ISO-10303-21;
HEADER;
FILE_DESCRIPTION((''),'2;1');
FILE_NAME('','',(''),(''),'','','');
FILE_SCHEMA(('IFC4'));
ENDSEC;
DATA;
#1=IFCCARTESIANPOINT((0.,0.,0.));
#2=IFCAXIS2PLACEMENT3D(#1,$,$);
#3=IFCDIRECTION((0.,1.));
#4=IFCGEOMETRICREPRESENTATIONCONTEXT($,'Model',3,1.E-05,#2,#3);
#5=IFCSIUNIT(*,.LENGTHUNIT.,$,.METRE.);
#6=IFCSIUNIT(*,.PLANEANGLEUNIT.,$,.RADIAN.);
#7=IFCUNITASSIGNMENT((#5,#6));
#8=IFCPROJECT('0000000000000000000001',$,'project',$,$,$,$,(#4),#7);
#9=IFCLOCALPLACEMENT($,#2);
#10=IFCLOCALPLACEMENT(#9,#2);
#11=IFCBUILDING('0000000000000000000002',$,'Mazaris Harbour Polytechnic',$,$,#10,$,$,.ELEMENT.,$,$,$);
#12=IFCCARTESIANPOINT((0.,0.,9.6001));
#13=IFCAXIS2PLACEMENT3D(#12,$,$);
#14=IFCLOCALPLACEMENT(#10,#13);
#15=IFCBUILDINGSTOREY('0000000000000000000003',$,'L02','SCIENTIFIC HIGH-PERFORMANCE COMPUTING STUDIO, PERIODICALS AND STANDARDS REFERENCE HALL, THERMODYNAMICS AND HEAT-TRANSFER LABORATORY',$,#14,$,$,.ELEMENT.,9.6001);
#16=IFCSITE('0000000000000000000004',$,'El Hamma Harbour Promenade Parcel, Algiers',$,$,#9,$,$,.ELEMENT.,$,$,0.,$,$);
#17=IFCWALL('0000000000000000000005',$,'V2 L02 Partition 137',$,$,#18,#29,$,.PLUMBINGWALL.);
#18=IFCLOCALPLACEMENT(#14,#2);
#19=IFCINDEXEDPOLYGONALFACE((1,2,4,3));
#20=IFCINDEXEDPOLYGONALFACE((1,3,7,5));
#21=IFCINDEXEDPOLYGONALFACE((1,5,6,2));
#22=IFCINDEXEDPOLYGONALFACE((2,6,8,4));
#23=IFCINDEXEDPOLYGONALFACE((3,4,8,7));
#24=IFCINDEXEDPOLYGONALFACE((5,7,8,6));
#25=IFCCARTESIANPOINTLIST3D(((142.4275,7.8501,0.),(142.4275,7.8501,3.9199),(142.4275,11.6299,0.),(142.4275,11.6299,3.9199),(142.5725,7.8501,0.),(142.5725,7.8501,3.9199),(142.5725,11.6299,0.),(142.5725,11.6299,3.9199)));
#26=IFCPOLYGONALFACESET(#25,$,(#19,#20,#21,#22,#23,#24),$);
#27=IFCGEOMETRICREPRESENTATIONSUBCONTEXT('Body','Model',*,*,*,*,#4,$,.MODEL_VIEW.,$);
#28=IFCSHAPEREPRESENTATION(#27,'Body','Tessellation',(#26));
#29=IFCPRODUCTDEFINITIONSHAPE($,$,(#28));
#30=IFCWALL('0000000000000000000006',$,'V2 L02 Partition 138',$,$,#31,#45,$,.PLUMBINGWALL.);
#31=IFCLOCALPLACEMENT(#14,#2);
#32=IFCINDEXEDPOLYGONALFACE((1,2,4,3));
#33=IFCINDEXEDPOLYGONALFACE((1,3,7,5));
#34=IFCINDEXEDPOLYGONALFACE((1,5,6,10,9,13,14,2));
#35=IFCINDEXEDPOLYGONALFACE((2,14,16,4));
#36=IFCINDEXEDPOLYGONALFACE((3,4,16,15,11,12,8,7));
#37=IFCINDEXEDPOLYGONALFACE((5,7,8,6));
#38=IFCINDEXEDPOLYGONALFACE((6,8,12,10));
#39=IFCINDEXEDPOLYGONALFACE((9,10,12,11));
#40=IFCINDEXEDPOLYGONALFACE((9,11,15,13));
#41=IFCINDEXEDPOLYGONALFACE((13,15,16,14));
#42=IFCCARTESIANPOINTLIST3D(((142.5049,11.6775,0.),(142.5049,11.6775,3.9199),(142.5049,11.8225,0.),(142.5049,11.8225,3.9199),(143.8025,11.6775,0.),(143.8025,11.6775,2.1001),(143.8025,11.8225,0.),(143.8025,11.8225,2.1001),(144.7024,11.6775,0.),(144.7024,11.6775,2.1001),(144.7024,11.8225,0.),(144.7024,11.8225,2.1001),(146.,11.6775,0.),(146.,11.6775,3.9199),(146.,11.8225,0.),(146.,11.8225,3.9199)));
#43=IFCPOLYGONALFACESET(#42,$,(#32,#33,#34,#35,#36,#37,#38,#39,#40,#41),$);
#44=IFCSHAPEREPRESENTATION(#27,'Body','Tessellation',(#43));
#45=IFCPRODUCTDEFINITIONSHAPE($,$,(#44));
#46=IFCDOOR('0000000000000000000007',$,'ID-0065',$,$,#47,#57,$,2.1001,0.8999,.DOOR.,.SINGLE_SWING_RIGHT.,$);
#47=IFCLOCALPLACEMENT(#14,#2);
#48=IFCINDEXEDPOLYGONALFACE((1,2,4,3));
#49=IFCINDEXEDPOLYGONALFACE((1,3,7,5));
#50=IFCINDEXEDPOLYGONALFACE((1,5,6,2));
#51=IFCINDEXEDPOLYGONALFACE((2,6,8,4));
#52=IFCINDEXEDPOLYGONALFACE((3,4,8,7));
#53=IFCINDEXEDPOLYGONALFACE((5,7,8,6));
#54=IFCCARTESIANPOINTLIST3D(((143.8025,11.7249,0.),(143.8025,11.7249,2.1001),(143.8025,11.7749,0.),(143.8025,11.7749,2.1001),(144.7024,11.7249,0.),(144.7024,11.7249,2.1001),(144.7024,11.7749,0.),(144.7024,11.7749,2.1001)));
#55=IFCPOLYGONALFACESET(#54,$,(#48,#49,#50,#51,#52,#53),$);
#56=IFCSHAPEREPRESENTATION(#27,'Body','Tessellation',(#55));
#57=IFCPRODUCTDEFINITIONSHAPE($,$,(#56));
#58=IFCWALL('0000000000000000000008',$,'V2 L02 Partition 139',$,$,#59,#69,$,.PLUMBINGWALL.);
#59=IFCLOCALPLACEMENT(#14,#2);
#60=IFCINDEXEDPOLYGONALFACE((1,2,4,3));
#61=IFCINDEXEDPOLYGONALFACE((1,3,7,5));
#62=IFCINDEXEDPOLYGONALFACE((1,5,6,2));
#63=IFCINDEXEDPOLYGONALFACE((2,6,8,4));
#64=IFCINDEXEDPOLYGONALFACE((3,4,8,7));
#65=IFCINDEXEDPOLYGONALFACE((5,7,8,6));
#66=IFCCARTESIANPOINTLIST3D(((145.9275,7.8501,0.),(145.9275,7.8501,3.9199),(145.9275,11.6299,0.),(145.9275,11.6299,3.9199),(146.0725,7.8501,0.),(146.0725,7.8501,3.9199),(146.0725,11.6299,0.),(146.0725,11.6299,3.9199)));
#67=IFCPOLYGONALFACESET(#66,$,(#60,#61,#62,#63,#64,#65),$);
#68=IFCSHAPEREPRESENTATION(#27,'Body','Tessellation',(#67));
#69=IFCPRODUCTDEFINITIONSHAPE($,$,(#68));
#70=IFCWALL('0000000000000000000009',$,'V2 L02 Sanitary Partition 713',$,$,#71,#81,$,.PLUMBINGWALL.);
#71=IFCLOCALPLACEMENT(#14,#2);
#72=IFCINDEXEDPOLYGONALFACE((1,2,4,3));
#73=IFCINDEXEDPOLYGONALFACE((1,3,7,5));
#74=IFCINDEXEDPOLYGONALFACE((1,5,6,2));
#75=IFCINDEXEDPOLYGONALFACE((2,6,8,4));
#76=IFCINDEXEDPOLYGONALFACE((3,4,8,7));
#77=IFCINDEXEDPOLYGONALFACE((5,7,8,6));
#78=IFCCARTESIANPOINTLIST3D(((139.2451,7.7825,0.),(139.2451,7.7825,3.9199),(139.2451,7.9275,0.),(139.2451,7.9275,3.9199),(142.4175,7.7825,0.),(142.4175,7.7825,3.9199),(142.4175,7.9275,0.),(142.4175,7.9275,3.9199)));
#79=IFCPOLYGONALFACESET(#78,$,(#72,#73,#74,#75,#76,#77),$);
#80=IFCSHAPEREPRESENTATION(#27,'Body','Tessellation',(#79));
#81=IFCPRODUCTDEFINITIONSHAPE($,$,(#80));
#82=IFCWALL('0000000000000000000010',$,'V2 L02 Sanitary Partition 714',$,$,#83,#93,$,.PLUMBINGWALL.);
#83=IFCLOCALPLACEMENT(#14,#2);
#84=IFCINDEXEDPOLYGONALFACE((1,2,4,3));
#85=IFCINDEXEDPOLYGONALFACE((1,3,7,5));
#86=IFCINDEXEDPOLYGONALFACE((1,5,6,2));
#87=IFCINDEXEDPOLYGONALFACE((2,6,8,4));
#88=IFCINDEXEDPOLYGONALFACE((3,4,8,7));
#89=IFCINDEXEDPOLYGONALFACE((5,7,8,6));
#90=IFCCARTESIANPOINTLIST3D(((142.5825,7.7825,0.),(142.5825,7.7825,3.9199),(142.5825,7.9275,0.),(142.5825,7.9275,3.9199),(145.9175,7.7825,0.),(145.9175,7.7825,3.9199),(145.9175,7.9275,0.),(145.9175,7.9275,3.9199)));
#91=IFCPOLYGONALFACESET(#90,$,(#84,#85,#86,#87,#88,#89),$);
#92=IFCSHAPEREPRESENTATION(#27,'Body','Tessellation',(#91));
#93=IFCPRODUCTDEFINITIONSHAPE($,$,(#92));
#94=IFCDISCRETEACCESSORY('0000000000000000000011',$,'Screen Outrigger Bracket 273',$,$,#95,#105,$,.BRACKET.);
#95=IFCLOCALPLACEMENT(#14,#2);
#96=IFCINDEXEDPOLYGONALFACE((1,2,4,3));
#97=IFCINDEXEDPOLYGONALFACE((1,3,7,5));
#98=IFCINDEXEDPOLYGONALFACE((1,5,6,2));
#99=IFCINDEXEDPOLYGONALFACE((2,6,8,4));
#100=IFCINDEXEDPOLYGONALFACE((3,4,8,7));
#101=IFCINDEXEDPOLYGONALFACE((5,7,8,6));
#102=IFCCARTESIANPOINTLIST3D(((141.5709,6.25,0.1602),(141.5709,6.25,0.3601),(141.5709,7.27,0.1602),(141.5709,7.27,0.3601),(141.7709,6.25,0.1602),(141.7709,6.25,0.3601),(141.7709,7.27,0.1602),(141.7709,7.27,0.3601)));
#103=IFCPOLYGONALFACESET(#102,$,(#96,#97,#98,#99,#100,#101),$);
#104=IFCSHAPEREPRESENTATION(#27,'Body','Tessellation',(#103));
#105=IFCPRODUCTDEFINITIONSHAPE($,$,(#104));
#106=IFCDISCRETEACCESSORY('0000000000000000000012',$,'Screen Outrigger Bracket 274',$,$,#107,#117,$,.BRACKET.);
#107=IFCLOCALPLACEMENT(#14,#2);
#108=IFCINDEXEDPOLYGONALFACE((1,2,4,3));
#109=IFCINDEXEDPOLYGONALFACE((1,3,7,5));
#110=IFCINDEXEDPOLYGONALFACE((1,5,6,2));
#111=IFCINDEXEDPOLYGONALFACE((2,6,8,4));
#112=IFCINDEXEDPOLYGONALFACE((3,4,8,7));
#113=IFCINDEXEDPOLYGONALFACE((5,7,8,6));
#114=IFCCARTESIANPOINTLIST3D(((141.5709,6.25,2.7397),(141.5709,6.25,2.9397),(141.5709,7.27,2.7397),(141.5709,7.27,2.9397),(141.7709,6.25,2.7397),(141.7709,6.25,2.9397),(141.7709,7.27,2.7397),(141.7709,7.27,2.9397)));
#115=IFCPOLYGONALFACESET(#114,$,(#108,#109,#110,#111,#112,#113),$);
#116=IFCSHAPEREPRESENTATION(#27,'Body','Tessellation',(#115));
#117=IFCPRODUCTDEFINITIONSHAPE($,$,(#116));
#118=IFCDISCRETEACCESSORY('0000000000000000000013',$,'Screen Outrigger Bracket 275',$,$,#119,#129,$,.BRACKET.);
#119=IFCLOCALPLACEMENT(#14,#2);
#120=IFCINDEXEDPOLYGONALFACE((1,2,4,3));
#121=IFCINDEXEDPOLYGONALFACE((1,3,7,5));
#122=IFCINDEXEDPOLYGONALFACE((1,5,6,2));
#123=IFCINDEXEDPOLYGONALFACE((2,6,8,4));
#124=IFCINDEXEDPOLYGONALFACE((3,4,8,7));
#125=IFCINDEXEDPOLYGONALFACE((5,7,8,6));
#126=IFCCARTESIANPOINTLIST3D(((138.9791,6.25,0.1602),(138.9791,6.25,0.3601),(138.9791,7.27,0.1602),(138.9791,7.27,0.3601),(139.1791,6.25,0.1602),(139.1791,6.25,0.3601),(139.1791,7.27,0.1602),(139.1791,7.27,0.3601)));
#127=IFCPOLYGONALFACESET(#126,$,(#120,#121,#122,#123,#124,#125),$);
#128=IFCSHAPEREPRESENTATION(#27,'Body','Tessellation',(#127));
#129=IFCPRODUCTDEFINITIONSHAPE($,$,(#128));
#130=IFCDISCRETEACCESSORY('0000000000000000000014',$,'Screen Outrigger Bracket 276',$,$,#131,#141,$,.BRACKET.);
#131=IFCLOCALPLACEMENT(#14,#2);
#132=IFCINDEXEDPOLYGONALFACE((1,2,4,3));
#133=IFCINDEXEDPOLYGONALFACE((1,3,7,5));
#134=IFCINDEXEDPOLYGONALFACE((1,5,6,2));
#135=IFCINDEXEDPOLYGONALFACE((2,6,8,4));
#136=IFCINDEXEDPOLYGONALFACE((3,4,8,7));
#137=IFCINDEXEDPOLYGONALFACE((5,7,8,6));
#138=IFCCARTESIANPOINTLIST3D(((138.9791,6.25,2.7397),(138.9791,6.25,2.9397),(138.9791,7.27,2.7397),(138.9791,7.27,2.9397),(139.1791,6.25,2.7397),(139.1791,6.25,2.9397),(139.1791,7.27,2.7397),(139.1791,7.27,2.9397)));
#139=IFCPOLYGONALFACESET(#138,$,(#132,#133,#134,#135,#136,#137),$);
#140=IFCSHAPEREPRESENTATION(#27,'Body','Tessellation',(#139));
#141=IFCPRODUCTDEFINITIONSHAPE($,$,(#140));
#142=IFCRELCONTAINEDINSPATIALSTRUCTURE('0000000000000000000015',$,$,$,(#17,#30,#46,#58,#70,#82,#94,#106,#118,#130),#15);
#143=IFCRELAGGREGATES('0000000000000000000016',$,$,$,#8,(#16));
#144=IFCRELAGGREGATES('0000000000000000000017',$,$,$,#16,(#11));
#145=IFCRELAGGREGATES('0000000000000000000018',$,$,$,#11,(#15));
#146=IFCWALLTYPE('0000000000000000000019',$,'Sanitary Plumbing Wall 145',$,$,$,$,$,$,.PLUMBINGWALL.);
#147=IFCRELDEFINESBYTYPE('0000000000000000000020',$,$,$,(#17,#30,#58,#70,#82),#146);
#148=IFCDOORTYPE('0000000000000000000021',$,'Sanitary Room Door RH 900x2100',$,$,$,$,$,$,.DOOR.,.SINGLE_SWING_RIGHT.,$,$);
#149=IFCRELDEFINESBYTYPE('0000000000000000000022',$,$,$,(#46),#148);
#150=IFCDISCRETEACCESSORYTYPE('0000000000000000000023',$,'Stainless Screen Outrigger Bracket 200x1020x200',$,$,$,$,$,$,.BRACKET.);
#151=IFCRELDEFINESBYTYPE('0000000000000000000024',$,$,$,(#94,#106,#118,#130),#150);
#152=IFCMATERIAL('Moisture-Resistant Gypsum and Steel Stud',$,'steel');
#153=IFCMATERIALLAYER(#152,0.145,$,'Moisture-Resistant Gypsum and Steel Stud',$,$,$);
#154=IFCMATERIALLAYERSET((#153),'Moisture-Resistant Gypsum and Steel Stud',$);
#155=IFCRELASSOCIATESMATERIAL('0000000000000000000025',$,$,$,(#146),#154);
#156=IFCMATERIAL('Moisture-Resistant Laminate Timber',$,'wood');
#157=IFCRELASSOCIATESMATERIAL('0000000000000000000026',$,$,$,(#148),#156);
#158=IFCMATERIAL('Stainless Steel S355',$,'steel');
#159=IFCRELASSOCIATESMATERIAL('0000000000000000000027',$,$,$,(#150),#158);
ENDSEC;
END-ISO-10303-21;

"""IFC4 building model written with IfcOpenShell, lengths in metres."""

from ifc_helpers import new_model, si_unit, direction, frame, frame_2d, origin, origin_2d, place, context, subcontext, project, spatial, rectangle, extrude, material, layer, layer_set, type_object, element, fill, save


model = new_model("IFC4")

# Units and contexts
model_context = context("Model", 3, precision=1e-05, world=origin(), true_north=direction((0.0, 1.0)))
body_context = subcontext(model_context, "Body", "Model", "MODEL_VIEW")
ifc_project = project(units=[si_unit("LENGTHUNIT", "METRE"), si_unit("PLANEANGLEUNIT", "RADIAN")], contexts=[model_context])

# Site, building, storey
site_placement = place(None, origin())
site = spatial("IfcSite", under=ifc_project, at=site_placement, Name="El Hamma Harbour Promenade Parcel, Algiers", CompositionType="ELEMENT", RefElevation=0.0)
building_placement = place(site_placement, origin())
building = spatial("IfcBuilding", under=site, at=building_placement, Name="Mazaris Harbour Polytechnic", CompositionType="ELEMENT")
storey_placement = place(building_placement, frame((0.0, 0.0, 9.6001)))
storey = spatial("IfcBuildingStorey", under=building, at=storey_placement, Name="L02", Description="SCIENTIFIC HIGH-PERFORMANCE COMPUTING STUDIO, PERIODICALS AND STANDARDS REFERENCE HALL, THERMODYNAMICS AND HEAT-TRANSFER LABORATORY", CompositionType="ELEMENT", Elevation=9.6001)

# Shared definitions
ifc_material_1 = material(Name="Moisture-Resistant Gypsum and Steel Stud", Category="steel")
ifc_layer_1 = layer(ifc_material_1, 0.145, Name="Moisture-Resistant Gypsum and Steel Stud")
ifc_layer_set_1 = layer_set([ifc_layer_1], Name="Moisture-Resistant Gypsum and Steel Stud")
wall_type_1 = type_object("IfcWallType", Name="Sanitary Plumbing Wall 145", PredefinedType="PLUMBINGWALL", material=ifc_layer_set_1)
ifc_material_2 = material(Name="Moisture-Resistant Laminate Timber", Category="wood")
door_type = type_object("IfcDoorType", Name="Sanitary Room Door RH 900x2100", OperationType="SINGLE_SWING_RIGHT", PredefinedType="DOOR", material=ifc_material_2)

# Wall
for number, where, z_axis, x_axis, name in (
    (1, (142.5, 7.8501, 0.0), (0.0, 0.0, 1.0), (0.0, 1.0, 0.0), "V2 L02 Partition 137"),
):
    element("IfcWall", number, at=place(storey_placement, frame(where, z_axis=z_axis, x_axis=x_axis)), inside=storey, type_object=wall_type_1, Name=name, PredefinedType="PLUMBINGWALL", context=body_context, shape_type="SweptSolid", body=[
        extrude(rectangle(XDim=3.7798, YDim=0.145, at=frame_2d((1.8899, 0.0))), origin(), (0.0, 0.0, 1.0), 3.9199),
    ])

# Wall, opening, door
wall_1_placement = place(storey_placement, frame((142.5049, 11.75, 0.0), z_axis=(0.0, 0.0, 1.0), x_axis=(1.0, 0.0, 0.0)))
wall_1 = element("IfcWall", 2, at=wall_1_placement, inside=storey, type_object=wall_type_1, Name="V2 L02 Partition 138", PredefinedType="PLUMBINGWALL", context=body_context, shape_type="SweptSolid", body=[
    extrude(rectangle(XDim=3.4951, YDim=0.145, at=frame_2d((1.7476, 0.0))), origin(), (0.0, 0.0, 1.0), 3.9199),
])
opening_1_placement = place(wall_1_placement, frame((1.2976, 0.0, 0.0)))
opening_1 = element("IfcOpeningElement", 3, at=opening_1_placement, cuts=wall_1, PredefinedType="OPENING", context=body_context, shape_type="SweptSolid", body=[
    extrude(rectangle(XDim=0.8999, YDim=2.1001, at=frame_2d((0.45, 1.05))), frame((0.0, 0.0825, 0.0), z_axis=(0.0, -1.0, 0.0), x_axis=(1.0, 0.0, 0.0)), (0.0, 0.0, 1.0), 0.165),
])
door_1_placement = place(opening_1_placement, origin())
door_1 = element("IfcDoor", 4, at=door_1_placement, inside=storey, type_object=door_type, Name="ID-0065", OperationType="SINGLE_SWING_RIGHT", OverallHeight=2.1001, OverallWidth=0.8999, PredefinedType="DOOR", context=body_context, shape_type="SweptSolid", body=[
    extrude(rectangle(XDim=0.8999, YDim=2.1001, at=frame_2d((0.45, 1.05))), frame((0.0, 0.0249, 0.0), z_axis=(0.0, -1.0, 0.0), x_axis=(1.0, 0.0, 0.0)), (0.0, 0.0, 1.0), 0.05),
])
fill(opening_1, door_1)

# Walls
wall_2_placement = place(storey_placement, frame((146.0, 7.8501, 0.0), z_axis=(0.0, 0.0, 1.0), x_axis=(0.0, 1.0, 0.0)))
element("IfcWall", 5, at=wall_2_placement, inside=storey, type_object=wall_type_1, Name="V2 L02 Partition 139", PredefinedType="PLUMBINGWALL", context=body_context, shape_type="SweptSolid", body=[
    extrude(rectangle(XDim=3.7798, YDim=0.145, at=frame_2d((1.8899, 0.0))), origin(), (0.0, 0.0, 1.0), 3.9199),
])
wall_3_placement = place(storey_placement, frame((139.2451, 7.855, 0.0), z_axis=(0.0, 0.0, 1.0), x_axis=(1.0, 0.0, 0.0)))
element("IfcWall", 6, at=wall_3_placement, inside=storey, type_object=wall_type_1, Name="V2 L02 Sanitary Partition 713", PredefinedType="PLUMBINGWALL", context=body_context, shape_type="SweptSolid", body=[
    extrude(rectangle(XDim=3.1724, YDim=0.145, at=frame_2d((1.5862, 0.0))), origin(), (0.0, 0.0, 1.0), 3.9199),
])
wall_4_placement = place(storey_placement, frame((142.5825, 7.855, 0.0), z_axis=(0.0, 0.0, 1.0), x_axis=(1.0, 0.0, 0.0)))
element("IfcWall", 7, at=wall_4_placement, inside=storey, type_object=wall_type_1, Name="V2 L02 Sanitary Partition 714", PredefinedType="PLUMBINGWALL", context=body_context, shape_type="SweptSolid", body=[
    extrude(rectangle(XDim=3.335, YDim=0.145, at=frame_2d((1.6675, 0.0))), origin(), (0.0, 0.0, 1.0), 3.9199),
])

# Discrete accessories
ifc_material_3 = material(Name="Stainless Steel S355", Category="steel")
discrete_accessory_type = type_object("IfcDiscreteAccessoryType", Name="Stainless Screen Outrigger Bracket 200x1020x200", PredefinedType="BRACKET", material=ifc_material_3)
for number, where, z_axis, x_axis, name in (
    (8, (141.6709, 6.76, 0.1602), (0.0, 0.0, 1.0), (-1.0, 0.0, 0.0), "Screen Outrigger Bracket 273"),
    (9, (141.6709, 6.76, 2.7397), (0.0, 0.0, 1.0), (-1.0, 0.0, 0.0), "Screen Outrigger Bracket 274"),
    (10, (139.0791, 6.76, 0.1602), (0.0, 0.0, 1.0), (-1.0, 0.0, 0.0), "Screen Outrigger Bracket 275"),
    (11, (139.0791, 6.76, 2.7397), (0.0, 0.0, 1.0), (-1.0, 0.0, 0.0), "Screen Outrigger Bracket 276"),
):
    element("IfcDiscreteAccessory", number, at=place(storey_placement, frame(where, z_axis=z_axis, x_axis=x_axis)), inside=storey, type_object=discrete_accessory_type, Name=name, PredefinedType="BRACKET", context=body_context, shape_type="SweptSolid", body=[
        extrude(rectangle(XDim=0.2, YDim=1.02, at=origin_2d()), origin(), (0.0, 0.0, 1.0), 0.2),
    ])

save(model, "model.ifc")
